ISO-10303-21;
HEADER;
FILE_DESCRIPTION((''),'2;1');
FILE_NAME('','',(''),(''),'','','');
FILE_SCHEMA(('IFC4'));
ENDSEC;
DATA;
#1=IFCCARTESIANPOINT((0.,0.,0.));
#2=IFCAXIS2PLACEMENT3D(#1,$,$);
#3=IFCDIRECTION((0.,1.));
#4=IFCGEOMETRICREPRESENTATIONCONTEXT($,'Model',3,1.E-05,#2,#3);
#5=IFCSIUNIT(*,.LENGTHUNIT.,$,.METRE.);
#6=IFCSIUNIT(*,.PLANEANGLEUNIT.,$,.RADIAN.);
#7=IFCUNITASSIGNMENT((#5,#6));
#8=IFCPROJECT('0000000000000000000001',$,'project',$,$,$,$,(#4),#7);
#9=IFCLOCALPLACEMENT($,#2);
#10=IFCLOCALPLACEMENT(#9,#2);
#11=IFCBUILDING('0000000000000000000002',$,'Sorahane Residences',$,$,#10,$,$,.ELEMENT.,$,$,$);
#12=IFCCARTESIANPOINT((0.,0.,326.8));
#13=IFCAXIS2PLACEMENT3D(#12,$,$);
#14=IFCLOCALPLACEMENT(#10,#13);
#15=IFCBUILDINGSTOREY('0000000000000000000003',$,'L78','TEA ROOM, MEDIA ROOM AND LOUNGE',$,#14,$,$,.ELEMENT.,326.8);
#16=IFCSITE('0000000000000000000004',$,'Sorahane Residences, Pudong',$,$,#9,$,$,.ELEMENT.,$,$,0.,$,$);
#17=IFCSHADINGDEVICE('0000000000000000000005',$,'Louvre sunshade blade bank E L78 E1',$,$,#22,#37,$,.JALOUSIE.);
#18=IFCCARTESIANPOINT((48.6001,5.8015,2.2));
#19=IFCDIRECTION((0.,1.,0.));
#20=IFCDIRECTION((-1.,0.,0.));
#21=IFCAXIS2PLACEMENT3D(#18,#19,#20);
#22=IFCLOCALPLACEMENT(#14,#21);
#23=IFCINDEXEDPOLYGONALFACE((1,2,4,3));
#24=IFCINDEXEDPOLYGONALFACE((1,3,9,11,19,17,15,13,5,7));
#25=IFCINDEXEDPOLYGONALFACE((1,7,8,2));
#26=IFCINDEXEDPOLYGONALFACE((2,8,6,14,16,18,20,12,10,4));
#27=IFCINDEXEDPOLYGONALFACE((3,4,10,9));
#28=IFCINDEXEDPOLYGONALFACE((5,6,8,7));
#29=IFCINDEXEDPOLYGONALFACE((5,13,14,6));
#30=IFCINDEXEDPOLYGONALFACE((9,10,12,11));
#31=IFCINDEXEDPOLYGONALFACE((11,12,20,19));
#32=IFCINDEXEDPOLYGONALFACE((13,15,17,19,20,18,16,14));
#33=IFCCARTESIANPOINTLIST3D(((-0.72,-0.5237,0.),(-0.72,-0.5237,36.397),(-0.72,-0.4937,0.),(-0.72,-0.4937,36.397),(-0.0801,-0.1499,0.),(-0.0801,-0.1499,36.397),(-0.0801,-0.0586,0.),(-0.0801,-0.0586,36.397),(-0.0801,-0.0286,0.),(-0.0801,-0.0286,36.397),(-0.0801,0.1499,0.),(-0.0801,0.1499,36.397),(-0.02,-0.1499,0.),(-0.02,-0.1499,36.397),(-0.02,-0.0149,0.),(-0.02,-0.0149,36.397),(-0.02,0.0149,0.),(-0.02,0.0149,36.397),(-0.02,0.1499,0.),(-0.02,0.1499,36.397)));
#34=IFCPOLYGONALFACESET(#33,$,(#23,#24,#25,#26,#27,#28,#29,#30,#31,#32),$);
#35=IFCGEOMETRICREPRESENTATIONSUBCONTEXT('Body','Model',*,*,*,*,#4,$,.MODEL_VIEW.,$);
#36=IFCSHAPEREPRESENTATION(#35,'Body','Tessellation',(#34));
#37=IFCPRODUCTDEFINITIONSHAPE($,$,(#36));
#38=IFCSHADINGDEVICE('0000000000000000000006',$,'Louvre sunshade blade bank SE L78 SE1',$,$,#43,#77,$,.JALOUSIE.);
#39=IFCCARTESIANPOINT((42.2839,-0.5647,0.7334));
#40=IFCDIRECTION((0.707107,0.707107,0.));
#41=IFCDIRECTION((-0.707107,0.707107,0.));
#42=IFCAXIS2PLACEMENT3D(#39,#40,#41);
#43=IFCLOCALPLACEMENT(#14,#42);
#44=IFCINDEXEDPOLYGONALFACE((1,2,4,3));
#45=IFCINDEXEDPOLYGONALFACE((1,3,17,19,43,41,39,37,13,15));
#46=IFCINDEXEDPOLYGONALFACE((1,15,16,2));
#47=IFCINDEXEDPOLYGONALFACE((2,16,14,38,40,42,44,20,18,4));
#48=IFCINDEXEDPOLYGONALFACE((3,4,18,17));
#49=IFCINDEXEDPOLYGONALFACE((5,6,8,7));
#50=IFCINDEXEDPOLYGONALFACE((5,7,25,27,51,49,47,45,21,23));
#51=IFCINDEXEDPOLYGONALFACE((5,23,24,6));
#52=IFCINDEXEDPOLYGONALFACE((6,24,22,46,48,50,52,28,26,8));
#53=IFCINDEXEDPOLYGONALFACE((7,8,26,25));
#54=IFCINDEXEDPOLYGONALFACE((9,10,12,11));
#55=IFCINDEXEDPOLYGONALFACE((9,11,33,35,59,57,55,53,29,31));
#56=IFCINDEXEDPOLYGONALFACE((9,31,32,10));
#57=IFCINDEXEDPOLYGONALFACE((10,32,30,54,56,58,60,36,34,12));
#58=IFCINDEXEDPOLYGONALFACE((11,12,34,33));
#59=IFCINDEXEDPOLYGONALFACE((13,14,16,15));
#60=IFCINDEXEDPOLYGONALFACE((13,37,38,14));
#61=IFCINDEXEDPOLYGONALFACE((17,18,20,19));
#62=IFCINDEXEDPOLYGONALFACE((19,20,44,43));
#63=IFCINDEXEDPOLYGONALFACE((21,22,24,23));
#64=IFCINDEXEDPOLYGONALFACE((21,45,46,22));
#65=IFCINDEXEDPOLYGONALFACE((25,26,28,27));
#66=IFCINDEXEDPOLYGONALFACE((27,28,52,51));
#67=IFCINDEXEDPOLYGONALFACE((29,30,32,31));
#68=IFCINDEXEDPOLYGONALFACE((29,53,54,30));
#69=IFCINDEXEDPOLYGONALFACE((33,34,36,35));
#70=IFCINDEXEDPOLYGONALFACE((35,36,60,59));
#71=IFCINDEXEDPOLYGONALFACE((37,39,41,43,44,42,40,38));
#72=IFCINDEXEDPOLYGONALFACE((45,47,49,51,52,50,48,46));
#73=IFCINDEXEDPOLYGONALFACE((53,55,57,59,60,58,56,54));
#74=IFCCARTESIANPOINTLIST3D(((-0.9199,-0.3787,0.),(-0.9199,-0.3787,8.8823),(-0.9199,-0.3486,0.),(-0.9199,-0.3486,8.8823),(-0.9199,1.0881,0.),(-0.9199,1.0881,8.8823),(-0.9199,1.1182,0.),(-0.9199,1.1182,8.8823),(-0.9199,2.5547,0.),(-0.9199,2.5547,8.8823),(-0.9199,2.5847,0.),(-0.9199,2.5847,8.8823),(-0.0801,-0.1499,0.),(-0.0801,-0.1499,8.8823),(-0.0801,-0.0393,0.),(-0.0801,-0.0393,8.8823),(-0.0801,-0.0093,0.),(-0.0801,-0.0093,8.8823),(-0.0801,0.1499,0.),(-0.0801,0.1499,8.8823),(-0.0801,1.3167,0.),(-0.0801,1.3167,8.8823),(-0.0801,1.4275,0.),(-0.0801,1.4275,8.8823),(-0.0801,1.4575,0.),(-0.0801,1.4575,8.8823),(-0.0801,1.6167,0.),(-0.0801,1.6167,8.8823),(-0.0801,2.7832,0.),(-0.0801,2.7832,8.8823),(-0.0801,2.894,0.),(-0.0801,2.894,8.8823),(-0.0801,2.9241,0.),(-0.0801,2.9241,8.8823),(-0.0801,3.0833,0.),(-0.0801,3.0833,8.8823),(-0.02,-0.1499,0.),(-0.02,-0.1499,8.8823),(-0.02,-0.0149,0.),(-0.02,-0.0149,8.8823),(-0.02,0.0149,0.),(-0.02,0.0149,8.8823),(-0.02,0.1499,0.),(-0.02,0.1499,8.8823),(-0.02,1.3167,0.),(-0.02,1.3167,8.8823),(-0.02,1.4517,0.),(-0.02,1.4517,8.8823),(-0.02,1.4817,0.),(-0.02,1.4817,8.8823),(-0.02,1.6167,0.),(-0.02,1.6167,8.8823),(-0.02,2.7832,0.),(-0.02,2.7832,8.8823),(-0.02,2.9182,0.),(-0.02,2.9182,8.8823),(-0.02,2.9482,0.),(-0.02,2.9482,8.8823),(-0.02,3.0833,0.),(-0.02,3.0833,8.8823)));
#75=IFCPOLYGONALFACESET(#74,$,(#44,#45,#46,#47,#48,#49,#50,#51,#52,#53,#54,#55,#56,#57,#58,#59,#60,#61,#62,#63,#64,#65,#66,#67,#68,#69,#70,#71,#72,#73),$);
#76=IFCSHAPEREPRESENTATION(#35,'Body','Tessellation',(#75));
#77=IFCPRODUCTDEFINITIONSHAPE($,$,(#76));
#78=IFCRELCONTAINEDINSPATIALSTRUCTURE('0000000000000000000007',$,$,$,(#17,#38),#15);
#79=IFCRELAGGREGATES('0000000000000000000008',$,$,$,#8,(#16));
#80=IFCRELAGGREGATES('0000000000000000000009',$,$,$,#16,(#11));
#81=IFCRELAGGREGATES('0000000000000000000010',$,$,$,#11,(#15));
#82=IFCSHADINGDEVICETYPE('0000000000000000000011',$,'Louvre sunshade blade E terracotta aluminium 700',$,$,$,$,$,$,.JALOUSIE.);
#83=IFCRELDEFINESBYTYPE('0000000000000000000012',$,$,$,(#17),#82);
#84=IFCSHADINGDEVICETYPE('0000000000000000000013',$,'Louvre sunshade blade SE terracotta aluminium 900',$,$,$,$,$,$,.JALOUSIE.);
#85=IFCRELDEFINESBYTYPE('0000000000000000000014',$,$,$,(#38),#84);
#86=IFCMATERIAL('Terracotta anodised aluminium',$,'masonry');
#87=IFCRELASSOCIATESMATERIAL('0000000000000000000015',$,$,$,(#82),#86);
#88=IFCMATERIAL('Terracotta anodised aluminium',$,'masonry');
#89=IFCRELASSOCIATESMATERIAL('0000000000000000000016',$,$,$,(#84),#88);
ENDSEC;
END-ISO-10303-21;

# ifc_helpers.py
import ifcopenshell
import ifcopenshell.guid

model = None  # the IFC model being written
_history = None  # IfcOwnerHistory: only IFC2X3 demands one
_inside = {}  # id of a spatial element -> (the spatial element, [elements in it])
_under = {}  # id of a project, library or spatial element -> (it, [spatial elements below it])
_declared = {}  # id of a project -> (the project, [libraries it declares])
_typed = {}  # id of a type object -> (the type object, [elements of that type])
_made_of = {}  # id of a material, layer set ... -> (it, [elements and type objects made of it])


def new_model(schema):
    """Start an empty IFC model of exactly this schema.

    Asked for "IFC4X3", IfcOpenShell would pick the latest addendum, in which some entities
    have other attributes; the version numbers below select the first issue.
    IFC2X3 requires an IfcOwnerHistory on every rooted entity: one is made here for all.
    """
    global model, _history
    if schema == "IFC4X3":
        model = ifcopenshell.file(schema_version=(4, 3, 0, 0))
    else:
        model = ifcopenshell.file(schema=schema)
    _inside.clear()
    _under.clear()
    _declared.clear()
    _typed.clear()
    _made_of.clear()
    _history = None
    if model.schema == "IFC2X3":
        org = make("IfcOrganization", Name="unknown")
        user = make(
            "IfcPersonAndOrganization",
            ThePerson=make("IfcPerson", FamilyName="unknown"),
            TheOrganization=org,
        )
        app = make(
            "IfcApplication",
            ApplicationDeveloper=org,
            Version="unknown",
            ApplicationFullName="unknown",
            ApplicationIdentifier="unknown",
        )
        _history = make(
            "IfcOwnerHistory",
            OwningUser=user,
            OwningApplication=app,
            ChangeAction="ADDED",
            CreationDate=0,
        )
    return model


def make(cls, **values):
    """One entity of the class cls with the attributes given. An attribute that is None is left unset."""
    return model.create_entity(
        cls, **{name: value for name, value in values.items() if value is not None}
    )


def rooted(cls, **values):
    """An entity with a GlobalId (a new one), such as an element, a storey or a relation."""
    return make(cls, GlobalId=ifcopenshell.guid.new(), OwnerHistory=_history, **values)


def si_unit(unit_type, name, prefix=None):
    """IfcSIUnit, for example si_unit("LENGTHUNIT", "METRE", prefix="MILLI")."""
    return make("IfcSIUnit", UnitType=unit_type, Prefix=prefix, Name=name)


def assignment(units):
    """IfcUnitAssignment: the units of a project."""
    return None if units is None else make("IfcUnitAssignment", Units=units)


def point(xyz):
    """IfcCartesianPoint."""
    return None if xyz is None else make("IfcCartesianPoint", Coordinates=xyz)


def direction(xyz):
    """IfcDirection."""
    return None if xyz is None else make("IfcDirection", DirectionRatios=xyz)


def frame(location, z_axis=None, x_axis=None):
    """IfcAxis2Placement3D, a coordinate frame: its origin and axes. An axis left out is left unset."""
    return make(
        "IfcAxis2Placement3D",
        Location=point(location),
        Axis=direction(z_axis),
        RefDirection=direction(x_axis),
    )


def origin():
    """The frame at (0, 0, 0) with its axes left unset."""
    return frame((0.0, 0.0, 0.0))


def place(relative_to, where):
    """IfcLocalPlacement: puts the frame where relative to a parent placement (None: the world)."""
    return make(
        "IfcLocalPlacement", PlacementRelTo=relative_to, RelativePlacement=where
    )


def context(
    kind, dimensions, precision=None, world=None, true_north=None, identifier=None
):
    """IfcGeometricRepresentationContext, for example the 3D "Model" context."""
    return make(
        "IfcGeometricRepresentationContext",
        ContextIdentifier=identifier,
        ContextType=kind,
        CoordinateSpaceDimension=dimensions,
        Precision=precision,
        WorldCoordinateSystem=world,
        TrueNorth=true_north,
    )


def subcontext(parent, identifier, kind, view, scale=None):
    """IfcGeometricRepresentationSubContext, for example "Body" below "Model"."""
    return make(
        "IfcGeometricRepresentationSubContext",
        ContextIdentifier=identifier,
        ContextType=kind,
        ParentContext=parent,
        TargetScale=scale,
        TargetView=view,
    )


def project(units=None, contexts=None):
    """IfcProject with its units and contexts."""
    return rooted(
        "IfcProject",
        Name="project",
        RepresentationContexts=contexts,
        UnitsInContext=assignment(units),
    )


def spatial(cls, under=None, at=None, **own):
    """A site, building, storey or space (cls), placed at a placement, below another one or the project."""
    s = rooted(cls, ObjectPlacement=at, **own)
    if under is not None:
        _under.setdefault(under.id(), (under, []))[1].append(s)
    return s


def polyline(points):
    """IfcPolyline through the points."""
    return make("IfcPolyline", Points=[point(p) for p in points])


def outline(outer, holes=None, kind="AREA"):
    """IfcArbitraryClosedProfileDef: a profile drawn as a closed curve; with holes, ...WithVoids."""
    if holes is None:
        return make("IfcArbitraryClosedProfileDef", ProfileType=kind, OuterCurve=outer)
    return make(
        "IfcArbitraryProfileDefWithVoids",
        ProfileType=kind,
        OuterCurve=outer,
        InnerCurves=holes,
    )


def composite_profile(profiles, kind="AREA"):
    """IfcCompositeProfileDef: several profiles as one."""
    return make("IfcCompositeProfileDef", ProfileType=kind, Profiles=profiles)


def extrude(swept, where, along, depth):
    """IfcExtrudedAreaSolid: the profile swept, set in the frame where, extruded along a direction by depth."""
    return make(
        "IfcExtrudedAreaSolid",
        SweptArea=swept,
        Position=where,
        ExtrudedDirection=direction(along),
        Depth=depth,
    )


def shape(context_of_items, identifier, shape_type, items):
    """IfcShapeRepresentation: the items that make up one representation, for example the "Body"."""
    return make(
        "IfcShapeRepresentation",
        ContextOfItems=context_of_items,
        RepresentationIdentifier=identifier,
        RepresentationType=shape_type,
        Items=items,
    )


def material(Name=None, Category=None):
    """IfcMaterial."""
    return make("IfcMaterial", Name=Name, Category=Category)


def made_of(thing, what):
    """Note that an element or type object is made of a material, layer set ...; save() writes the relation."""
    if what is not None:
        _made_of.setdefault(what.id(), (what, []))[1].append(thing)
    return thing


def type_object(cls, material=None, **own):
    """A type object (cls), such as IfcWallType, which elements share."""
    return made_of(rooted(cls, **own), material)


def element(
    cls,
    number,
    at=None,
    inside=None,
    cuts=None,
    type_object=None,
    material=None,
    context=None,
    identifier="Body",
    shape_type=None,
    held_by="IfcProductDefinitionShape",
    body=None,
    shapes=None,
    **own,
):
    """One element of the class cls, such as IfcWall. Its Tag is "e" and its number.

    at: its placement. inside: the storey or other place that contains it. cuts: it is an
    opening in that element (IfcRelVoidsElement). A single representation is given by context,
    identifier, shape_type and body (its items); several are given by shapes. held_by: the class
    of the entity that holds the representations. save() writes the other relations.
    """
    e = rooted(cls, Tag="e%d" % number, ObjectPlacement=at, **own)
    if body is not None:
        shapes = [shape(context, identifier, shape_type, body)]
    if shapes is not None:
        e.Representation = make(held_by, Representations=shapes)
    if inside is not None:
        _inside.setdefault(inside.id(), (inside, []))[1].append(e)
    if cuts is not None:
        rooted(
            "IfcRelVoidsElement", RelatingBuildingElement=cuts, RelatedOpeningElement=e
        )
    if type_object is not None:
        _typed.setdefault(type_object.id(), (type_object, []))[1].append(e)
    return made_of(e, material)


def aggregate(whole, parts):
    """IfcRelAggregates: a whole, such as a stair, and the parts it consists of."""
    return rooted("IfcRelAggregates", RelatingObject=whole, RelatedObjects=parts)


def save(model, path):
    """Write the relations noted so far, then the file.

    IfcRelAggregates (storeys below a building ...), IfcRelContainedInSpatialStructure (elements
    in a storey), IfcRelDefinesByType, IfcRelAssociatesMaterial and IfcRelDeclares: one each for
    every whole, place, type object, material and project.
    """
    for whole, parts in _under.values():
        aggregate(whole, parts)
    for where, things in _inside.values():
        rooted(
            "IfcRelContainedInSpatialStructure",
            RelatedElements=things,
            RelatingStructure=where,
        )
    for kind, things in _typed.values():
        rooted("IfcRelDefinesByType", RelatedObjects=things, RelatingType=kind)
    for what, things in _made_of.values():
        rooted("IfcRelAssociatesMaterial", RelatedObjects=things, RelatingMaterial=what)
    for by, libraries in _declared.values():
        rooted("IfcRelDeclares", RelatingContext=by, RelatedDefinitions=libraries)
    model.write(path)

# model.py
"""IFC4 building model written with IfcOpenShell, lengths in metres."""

from ifc_helpers import new_model, si_unit, direction, frame, origin, place, context, subcontext, project, spatial, polyline, outline, composite_profile, extrude, material, type_object, element, save


model = new_model("IFC4")

# Units and contexts
model_context = context("Model", 3, precision=1e-05, world=origin(), true_north=direction((0.0, 1.0)))
body_context = subcontext(model_context, "Body", "Model", "MODEL_VIEW")
ifc_project = project(units=[si_unit("LENGTHUNIT", "METRE"), si_unit("PLANEANGLEUNIT", "RADIAN")], contexts=[model_context])

# Site, building, storey
site_placement = place(None, origin())
site = spatial("IfcSite", under=ifc_project, at=site_placement, Name="Sorahane Residences, Pudong", CompositionType="ELEMENT", RefElevation=0.0)
building_placement = place(site_placement, origin())
building = spatial("IfcBuilding", under=site, at=building_placement, Name="Sorahane Residences", CompositionType="ELEMENT")
storey_placement = place(building_placement, frame((0.0, 0.0, 326.8)))
storey = spatial("IfcBuildingStorey", under=building, at=storey_placement, Name="L78", Description="TEA ROOM, MEDIA ROOM AND LOUNGE", CompositionType="ELEMENT", Elevation=326.8)

# Shading devices
ifc_material_1 = material(Name="Terracotta anodised aluminium", Category="masonry")
shading_device_type_1 = type_object("IfcShadingDeviceType", Name="Louvre sunshade blade E terracotta aluminium 700", PredefinedType="JALOUSIE", material=ifc_material_1)
shading_device_1_placement = place(storey_placement, frame((48.6001, 5.8015, 2.2), z_axis=(0.0, 1.0, 0.0), x_axis=(-1.0, 0.0, 0.0)))
element("IfcShadingDevice", 1, at=shading_device_1_placement, inside=storey, type_object=shading_device_type_1, Name="Louvre sunshade blade bank E L78 E1", PredefinedType="JALOUSIE", context=body_context, shape_type="SweptSolid", body=[
    extrude(outline(polyline([(-0.72, -0.4937), (-0.72, -0.5237), (-0.0801, -0.0586), (-0.0801, -0.1499), (-0.02, -0.1499), (-0.02, -0.0149), (-0.02, 0.0149), (-0.02, 0.1499), (-0.0801, 0.1499), (-0.0801, -0.0286), (-0.72, -0.4937)])), origin(), (0.0, 0.0, 1.0), 36.397),
])
ifc_material_2 = material(Name="Terracotta anodised aluminium", Category="masonry")
shading_device_type_2 = type_object("IfcShadingDeviceType", Name="Louvre sunshade blade SE terracotta aluminium 900", PredefinedType="JALOUSIE", material=ifc_material_2)
shading_device_2_placement = place(storey_placement, frame((42.2839, -0.5647, 0.7334), z_axis=(0.707107, 0.707107, 0.0), x_axis=(-0.707107, 0.707107, 0.0)))
element("IfcShadingDevice", 2, at=shading_device_2_placement, inside=storey, type_object=shading_device_type_2, Name="Louvre sunshade blade bank SE L78 SE1", PredefinedType="JALOUSIE", context=body_context, shape_type="SweptSolid", body=[
    extrude(composite_profile([outline(polyline([(-0.9199, -0.3486), (-0.9199, -0.3787), (-0.0801, -0.0393), (-0.0801, -0.1499), (-0.02, -0.1499), (-0.02, -0.0149), (-0.02, 0.0149), (-0.02, 0.1499), (-0.0801, 0.1499), (-0.0801, -0.0093), (-0.9199, -0.3486)])), outline(polyline([(-0.9199, 1.1182), (-0.9199, 1.0881), (-0.0801, 1.4275), (-0.0801, 1.3167), (-0.02, 1.3167), (-0.02, 1.4517), (-0.02, 1.4817), (-0.02, 1.6167), (-0.0801, 1.6167), (-0.0801, 1.4575), (-0.9199, 1.1182)])), outline(polyline([(-0.9199, 2.5847), (-0.9199, 2.5547), (-0.0801, 2.894), (-0.0801, 2.7832), (-0.02, 2.7832), (-0.02, 2.9182), (-0.02, 2.9482), (-0.02, 3.0833), (-0.0801, 3.0833), (-0.0801, 2.9241), (-0.9199, 2.5847)]))]), origin(), (0.0, 0.0, 1.0), 8.8823),
])

save(model, "model.ifc")
